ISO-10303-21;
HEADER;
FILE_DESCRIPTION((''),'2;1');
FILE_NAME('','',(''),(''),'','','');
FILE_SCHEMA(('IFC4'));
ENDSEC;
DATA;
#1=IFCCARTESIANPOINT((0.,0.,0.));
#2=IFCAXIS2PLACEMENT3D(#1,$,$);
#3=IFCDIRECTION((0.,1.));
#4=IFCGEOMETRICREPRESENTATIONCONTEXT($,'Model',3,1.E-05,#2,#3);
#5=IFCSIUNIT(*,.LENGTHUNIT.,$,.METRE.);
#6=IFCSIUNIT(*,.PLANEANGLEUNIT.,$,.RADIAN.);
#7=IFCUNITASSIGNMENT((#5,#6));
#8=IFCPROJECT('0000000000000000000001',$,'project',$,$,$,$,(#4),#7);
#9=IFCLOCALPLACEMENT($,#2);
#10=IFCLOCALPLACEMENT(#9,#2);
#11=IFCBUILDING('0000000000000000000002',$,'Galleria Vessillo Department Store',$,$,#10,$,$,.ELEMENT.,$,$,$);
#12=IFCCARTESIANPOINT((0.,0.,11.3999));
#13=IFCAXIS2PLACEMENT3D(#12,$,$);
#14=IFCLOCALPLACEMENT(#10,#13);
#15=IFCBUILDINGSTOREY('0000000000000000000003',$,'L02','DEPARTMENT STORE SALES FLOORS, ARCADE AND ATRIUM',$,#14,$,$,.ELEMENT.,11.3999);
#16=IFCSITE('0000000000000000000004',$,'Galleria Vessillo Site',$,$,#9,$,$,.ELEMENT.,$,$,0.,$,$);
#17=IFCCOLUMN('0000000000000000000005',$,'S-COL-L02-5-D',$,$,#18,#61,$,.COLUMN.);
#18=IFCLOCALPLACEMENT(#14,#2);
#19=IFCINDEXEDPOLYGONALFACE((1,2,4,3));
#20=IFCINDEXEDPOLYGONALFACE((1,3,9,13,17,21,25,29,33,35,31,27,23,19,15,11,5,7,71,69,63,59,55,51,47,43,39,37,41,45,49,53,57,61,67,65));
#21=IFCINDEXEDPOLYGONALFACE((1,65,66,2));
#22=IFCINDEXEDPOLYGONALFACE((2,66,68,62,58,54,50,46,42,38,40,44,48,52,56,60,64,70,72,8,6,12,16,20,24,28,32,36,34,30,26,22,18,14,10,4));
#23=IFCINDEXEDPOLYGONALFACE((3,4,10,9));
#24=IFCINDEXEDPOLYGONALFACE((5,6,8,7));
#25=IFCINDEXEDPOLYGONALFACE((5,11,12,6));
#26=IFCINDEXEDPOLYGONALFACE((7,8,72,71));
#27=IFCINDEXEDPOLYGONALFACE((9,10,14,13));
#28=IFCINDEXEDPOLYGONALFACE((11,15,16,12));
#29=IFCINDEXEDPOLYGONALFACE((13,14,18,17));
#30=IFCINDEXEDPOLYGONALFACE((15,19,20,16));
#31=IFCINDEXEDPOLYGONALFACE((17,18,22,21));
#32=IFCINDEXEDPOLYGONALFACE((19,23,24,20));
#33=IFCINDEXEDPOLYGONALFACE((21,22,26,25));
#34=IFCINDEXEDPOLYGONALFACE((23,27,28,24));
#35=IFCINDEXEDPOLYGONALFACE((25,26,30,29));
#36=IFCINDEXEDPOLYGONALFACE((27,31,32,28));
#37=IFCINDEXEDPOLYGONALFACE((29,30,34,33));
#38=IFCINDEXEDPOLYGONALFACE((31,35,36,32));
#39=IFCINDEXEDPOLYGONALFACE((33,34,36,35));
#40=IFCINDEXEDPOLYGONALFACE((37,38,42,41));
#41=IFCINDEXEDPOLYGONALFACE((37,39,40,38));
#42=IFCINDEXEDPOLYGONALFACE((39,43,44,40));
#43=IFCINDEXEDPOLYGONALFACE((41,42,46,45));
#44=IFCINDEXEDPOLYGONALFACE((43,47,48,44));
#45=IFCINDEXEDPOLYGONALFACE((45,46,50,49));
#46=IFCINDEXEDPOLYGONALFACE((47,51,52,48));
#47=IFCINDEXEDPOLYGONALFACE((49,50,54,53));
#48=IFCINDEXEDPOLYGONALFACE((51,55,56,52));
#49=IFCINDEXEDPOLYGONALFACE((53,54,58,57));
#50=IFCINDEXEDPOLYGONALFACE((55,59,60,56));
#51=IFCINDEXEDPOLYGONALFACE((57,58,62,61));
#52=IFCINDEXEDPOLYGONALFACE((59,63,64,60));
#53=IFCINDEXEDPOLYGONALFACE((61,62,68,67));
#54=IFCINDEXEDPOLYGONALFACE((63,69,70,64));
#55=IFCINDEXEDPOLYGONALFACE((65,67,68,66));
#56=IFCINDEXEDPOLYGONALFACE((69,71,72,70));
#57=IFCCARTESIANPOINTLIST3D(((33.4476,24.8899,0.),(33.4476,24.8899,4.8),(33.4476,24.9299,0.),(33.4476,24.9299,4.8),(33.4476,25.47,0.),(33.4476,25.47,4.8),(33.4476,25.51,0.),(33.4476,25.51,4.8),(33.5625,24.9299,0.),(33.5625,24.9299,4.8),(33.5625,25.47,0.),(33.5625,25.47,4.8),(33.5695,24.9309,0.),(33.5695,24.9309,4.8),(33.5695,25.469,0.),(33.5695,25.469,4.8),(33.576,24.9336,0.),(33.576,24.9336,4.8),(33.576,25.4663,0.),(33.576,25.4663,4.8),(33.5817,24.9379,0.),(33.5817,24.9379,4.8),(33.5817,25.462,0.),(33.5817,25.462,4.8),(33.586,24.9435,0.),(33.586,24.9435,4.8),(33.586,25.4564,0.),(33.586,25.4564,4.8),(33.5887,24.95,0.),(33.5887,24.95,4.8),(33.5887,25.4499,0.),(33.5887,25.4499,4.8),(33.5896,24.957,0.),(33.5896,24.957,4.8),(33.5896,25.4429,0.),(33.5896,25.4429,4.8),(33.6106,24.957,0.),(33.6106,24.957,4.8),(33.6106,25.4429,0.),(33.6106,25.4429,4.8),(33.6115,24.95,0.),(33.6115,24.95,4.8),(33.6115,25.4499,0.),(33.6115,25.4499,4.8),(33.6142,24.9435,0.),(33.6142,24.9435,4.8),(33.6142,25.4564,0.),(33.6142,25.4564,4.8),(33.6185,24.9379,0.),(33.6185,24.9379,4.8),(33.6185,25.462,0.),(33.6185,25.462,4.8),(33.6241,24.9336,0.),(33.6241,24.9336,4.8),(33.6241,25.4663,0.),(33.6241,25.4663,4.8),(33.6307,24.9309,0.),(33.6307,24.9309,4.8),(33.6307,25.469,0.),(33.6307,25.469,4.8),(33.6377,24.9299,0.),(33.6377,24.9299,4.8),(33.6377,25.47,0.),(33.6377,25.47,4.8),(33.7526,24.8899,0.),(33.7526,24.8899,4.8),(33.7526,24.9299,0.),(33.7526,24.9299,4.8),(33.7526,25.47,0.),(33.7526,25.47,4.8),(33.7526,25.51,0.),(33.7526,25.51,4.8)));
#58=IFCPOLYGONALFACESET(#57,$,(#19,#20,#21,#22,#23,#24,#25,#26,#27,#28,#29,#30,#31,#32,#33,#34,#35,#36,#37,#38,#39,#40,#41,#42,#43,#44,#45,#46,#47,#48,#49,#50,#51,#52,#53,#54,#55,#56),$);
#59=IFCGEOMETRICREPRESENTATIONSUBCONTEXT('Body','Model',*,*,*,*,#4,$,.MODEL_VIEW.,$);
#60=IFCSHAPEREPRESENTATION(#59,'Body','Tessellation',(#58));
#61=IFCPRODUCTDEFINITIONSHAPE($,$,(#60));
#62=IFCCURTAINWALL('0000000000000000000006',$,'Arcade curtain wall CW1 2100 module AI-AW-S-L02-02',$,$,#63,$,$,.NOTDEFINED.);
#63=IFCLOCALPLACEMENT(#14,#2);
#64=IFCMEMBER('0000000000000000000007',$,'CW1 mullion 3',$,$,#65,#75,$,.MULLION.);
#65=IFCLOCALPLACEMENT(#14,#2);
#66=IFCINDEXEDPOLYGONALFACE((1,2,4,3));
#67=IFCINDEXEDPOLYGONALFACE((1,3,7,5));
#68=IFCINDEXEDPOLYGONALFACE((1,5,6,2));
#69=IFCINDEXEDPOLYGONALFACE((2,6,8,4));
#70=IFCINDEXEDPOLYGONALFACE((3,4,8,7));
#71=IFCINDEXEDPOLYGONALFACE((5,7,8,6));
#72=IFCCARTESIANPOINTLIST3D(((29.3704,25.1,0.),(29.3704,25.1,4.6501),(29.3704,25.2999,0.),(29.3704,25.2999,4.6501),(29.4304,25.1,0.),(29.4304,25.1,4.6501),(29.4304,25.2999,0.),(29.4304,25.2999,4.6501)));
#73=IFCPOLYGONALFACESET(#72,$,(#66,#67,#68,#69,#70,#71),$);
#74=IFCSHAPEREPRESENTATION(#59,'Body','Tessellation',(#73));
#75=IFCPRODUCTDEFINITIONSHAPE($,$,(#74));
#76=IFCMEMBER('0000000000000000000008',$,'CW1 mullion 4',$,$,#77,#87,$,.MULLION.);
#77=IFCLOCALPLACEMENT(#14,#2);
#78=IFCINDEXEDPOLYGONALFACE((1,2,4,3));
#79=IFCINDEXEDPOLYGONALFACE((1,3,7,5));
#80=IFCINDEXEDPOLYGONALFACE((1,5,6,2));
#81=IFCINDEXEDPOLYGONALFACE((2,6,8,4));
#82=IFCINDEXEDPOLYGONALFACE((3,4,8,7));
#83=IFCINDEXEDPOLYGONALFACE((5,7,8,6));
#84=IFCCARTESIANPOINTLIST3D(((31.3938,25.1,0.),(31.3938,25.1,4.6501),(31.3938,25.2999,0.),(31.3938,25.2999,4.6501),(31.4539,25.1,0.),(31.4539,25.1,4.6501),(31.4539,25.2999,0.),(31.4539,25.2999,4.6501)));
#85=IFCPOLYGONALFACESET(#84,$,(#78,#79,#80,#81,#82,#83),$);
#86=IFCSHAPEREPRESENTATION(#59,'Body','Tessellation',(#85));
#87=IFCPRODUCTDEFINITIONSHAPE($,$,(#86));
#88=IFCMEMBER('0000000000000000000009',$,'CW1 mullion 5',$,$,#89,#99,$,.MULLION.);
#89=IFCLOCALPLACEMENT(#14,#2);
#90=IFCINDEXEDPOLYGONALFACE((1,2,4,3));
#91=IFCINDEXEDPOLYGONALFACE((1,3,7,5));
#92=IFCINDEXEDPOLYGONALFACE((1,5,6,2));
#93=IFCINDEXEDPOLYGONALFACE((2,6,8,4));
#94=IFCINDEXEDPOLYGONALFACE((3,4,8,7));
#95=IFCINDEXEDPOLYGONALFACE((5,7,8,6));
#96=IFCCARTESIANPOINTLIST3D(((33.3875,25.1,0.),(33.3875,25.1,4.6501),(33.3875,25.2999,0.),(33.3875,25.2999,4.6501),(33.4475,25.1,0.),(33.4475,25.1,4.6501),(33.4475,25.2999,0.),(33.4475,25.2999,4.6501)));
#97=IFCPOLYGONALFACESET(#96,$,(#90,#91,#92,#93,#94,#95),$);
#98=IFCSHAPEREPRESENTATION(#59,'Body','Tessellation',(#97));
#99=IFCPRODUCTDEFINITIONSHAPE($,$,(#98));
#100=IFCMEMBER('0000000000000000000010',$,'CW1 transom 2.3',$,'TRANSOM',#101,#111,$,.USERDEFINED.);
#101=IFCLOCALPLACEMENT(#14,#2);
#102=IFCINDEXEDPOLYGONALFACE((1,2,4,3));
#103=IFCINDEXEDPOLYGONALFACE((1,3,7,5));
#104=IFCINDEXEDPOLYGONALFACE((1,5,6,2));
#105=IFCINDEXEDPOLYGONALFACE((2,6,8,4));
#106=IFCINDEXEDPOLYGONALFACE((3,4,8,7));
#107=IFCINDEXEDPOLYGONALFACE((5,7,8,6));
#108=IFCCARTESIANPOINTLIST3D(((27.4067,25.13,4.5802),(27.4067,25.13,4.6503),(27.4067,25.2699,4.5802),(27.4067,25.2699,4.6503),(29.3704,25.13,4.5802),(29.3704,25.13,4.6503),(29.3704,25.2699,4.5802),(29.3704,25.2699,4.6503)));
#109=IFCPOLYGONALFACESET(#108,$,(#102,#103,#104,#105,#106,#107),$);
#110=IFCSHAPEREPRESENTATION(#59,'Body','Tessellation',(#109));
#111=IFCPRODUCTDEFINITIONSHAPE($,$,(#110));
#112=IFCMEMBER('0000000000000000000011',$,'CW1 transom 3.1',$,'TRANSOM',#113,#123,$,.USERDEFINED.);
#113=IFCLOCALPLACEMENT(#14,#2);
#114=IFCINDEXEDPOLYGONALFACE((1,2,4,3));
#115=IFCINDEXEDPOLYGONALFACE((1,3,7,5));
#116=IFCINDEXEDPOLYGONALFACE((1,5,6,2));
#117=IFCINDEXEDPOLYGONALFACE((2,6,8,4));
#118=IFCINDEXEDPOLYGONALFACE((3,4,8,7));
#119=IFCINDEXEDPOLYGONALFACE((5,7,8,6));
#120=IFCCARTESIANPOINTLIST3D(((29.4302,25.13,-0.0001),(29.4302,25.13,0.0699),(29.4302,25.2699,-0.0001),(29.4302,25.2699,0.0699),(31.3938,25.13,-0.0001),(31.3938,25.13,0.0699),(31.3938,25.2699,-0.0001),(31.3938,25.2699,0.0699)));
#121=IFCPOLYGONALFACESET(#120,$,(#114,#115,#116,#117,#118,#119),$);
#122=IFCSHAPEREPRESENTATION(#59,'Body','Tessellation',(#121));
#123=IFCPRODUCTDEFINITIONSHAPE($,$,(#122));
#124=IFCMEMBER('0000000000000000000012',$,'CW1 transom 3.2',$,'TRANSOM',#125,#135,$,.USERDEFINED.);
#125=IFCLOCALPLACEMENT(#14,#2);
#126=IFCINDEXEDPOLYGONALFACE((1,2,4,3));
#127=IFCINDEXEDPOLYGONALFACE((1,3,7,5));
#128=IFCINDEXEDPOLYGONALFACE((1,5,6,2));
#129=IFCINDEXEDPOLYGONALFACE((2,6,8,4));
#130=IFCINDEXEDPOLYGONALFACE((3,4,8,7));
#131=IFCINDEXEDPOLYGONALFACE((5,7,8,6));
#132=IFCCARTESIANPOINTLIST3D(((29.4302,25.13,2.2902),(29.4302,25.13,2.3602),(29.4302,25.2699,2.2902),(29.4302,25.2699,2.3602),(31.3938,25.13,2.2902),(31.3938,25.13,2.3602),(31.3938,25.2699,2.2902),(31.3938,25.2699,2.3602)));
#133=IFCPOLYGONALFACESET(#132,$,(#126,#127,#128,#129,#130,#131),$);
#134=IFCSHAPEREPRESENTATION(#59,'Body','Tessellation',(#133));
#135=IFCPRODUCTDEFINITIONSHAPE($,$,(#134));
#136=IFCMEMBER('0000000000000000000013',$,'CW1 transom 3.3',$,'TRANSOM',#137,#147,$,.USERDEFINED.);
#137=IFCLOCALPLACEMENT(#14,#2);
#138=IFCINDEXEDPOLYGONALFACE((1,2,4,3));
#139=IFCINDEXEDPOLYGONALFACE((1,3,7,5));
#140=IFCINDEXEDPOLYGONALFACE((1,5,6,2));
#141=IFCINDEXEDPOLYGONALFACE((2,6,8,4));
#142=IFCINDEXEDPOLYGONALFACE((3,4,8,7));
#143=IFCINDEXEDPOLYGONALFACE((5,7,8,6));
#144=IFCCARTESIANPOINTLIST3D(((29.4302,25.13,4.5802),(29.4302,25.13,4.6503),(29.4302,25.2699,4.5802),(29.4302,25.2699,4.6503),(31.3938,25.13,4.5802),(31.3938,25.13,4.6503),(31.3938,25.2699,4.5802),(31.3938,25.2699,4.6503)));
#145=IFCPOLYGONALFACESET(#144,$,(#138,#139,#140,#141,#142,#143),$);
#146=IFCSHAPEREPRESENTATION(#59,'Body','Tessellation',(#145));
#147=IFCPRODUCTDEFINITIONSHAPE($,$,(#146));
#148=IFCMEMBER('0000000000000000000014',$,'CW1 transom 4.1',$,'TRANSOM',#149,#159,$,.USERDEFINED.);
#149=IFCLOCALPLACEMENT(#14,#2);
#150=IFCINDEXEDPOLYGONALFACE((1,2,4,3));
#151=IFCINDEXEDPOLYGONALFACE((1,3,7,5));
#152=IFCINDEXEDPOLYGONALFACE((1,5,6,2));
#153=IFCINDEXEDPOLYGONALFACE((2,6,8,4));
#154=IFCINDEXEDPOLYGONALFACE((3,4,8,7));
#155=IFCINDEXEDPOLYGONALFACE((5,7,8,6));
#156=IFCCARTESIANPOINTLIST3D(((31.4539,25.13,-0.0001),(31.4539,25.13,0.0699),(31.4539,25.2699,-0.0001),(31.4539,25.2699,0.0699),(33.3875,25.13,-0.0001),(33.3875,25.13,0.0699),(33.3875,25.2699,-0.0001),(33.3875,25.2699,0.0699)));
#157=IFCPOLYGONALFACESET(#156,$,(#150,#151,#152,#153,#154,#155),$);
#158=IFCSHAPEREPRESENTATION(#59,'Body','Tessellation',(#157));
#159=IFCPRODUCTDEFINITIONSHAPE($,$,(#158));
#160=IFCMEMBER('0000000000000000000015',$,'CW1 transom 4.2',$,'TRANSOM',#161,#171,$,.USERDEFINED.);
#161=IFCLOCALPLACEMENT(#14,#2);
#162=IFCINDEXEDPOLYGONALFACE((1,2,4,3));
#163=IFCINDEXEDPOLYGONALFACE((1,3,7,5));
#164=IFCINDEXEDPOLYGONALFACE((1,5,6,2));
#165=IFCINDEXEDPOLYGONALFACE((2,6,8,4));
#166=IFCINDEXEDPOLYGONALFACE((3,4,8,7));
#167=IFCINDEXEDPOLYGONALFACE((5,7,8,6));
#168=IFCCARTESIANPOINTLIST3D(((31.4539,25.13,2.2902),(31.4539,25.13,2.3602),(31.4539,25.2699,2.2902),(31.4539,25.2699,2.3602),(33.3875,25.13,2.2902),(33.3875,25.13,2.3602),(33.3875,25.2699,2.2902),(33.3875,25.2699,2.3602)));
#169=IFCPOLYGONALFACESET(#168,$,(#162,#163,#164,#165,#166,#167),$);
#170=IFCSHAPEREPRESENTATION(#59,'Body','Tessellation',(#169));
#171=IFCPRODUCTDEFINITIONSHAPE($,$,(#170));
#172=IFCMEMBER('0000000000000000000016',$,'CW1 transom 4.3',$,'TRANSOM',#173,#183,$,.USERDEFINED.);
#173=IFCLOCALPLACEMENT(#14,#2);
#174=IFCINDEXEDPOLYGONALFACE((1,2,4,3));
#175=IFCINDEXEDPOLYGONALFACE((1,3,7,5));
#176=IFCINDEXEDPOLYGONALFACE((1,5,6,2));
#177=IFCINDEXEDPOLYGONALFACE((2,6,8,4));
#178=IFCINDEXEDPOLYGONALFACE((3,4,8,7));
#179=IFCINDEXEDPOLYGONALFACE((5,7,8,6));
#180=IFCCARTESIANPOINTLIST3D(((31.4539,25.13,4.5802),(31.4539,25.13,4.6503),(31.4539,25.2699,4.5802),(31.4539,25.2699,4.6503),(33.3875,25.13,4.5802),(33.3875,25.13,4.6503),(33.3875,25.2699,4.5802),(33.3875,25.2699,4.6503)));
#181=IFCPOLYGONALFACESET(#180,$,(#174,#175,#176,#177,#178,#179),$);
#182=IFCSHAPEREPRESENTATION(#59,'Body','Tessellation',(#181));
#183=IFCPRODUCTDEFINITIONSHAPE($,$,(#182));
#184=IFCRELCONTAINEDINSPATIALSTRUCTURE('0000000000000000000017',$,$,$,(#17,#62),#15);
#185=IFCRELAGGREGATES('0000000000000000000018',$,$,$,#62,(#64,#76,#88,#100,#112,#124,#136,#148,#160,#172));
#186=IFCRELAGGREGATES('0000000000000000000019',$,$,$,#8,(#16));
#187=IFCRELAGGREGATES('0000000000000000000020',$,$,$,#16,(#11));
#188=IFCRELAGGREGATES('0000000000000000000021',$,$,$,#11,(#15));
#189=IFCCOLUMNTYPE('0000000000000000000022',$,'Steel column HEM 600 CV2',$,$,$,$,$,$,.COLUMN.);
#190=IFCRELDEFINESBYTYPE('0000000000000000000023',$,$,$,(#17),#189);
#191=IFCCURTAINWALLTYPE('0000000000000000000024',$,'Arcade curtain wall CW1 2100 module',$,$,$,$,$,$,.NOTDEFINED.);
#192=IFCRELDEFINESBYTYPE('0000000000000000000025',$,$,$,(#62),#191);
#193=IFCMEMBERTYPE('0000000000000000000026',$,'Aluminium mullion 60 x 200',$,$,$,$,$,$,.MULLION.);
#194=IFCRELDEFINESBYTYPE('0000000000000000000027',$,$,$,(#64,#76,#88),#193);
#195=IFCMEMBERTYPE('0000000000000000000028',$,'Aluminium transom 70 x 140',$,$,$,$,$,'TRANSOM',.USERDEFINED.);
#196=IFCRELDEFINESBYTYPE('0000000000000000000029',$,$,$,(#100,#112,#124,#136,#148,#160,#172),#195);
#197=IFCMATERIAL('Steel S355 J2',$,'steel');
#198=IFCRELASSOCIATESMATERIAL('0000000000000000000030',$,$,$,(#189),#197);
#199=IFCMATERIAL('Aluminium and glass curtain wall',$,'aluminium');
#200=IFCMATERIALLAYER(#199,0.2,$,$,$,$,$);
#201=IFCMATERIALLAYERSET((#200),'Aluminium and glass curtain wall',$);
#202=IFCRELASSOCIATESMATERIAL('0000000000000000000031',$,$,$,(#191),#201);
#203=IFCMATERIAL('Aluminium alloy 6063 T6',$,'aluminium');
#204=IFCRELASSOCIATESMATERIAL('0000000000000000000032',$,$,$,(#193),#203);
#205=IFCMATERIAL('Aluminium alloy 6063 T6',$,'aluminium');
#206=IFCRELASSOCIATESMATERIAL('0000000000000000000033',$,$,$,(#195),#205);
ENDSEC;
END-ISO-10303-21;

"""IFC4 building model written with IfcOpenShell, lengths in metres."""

from ifc_helpers import new_model, si_unit, direction, frame, origin, origin_2d, place, context, subcontext, project, spatial, rectangle, i_section, extrude, material, layer, layer_set, material_profile, profile_set, type_object, element, aggregate, save


model = new_model("IFC4")

# Units and contexts
model_context = context("Model", 3, precision=1e-05, world=origin(), true_north=direction((0.0, 1.0)))
body_context = subcontext(model_context, "Body", "Model", "MODEL_VIEW")
ifc_project = project(units=[si_unit("LENGTHUNIT", "METRE"), si_unit("PLANEANGLEUNIT", "RADIAN")], contexts=[model_context])

# Site, building, storey
site_placement = place(None, origin())
site = spatial("IfcSite", under=ifc_project, at=site_placement, Name="Galleria Vessillo Site", CompositionType="ELEMENT", RefElevation=0.0)
building_placement = place(site_placement, origin())
building = spatial("IfcBuilding", under=site, at=building_placement, Name="Galleria Vessillo Department Store", CompositionType="ELEMENT")
storey_placement = place(building_placement, frame((0.0, 0.0, 11.3999)))
storey = spatial("IfcBuildingStorey", under=building, at=storey_placement, Name="L02", Description="DEPARTMENT STORE SALES FLOORS, ARCADE AND ATRIUM", CompositionType="ELEMENT", Elevation=11.3999)

# Column
ifc_material_1 = material(Name="Steel S355 J2", Category="steel")
ifc_material_profile_1 = material_profile(ifc_material_1, i_section(OverallWidth=0.3049, OverallDepth=0.6201, WebThickness=0.021, FlangeThickness=0.04, FilletRadius=0.0271, at=origin_2d()), Name="HEM 600")
ifc_profile_set_1 = profile_set([ifc_material_profile_1], Name="Steel S355 J2")
column_type = type_object("IfcColumnType", Name="Steel column HEM 600 CV2", PredefinedType="COLUMN", material=ifc_profile_set_1)
column_placement = place(storey_placement, frame((33.6001, 25.2, 0.0), z_axis=(0.0, 0.0, 1.0), x_axis=(1.0, 0.0, 0.0)))
element("IfcColumn", 1, at=column_placement, inside=storey, type_object=column_type, Name="S-COL-L02-5-D", PredefinedType="COLUMN", context=body_context, shape_type="SweptSolid", body=[
    extrude(i_section(OverallWidth=0.3049, OverallDepth=0.6201, WebThickness=0.021, FlangeThickness=0.04, FilletRadius=0.0271, at=origin_2d()), origin(), (0.0, 0.0, 1.0), 4.8),
])

# Curtain wall, members
ifc_material_2 = material(Name="Aluminium and glass curtain wall", Category="aluminium")
ifc_layer_1 = layer(ifc_material_2, 0.2)
ifc_layer_set_1 = layer_set([ifc_layer_1], Name="Aluminium and glass curtain wall")
curtain_wall_type = type_object("IfcCurtainWallType", Name="Arcade curtain wall CW1 2100 module", PredefinedType="NOTDEFINED", material=ifc_layer_set_1)
curtain_wall_placement = place(storey_placement, origin())
curtain_wall = element("IfcCurtainWall", 2, at=curtain_wall_placement, inside=storey, type_object=curtain_wall_type, Name="Arcade curtain wall CW1 2100 module AI-AW-S-L02-02", PredefinedType="NOTDEFINED")
ifc_material_3 = material(Name="Aluminium alloy 6063 T6", Category="aluminium")
ifc_material_profile_2 = material_profile(ifc_material_3, rectangle(XDim=0.2, YDim=0.0601, at=origin_2d()), Name="AL 60x200")
ifc_profile_set_2 = profile_set([ifc_material_profile_2], Name="Aluminium alloy 6063 T6")
member_type_1 = type_object("IfcMemberType", Name="Aluminium mullion 60 x 200", PredefinedType="MULLION", material=ifc_profile_set_2)
member_1_placement = place(storey_placement, frame((29.4004, 25.2, 0.0), z_axis=(0.0, 0.0, 1.0), x_axis=(0.0, 1.0, 0.0)))
member_1 = element("IfcMember", 3, at=member_1_placement, type_object=member_type_1, Name="CW1 mullion 3", PredefinedType="MULLION", context=body_context, shape_type="SweptSolid", body=[
    extrude(rectangle(XDim=0.2, YDim=0.0601, at=origin_2d()), origin(), (0.0, 0.0, 1.0), 4.6501),
])
member_2_placement = place(storey_placement, frame((31.4238, 25.2, 0.0), z_axis=(0.0, 0.0, 1.0), x_axis=(0.0, 1.0, 0.0)))
member_2 = element("IfcMember", 4, at=member_2_placement, type_object=member_type_1, Name="CW1 mullion 4", PredefinedType="MULLION", context=body_context, shape_type="SweptSolid", body=[
    extrude(rectangle(XDim=0.2, YDim=0.0601, at=origin_2d()), origin(), (0.0, 0.0, 1.0), 4.6501),
])
member_3_placement = place(storey_placement, frame((33.4175, 25.2, 0.0), z_axis=(0.0, 0.0, 1.0), x_axis=(0.0, 1.0, 0.0)))
member_3 = element("IfcMember", 5, at=member_3_placement, type_object=member_type_1, Name="CW1 mullion 5", PredefinedType="MULLION", context=body_context, shape_type="SweptSolid", body=[
    extrude(rectangle(XDim=0.2, YDim=0.0601, at=origin_2d()), origin(), (0.0, 0.0, 1.0), 4.6501),
])
ifc_material_4 = material(Name="Aluminium alloy 6063 T6", Category="aluminium")
ifc_material_profile_3 = material_profile(ifc_material_4, rectangle(XDim=0.1399, YDim=0.0701, at=origin_2d()), Name="AL 70x140")
ifc_profile_set_3 = profile_set([ifc_material_profile_3], Name="Aluminium alloy 6063 T6")
member_type_2 = type_object("IfcMemberType", Name="Aluminium transom 70 x 140", ElementType="TRANSOM", PredefinedType="USERDEFINED", material=ifc_profile_set_3)
member_4_placement = place(storey_placement, frame((27.4067, 25.2, 4.6152), z_axis=(1.0, 0.0, 0.0), x_axis=(0.0, 1.0, 0.0)))
member_4 = element("IfcMember", 6, at=member_4_placement, type_object=member_type_2, Name="CW1 transom 2.3", ObjectType="TRANSOM", PredefinedType="USERDEFINED", context=body_context, shape_type="SweptSolid", body=[
    extrude(rectangle(XDim=0.1399, YDim=0.0701, at=origin_2d()), origin(), (0.0, 0.0, 1.0), 1.9636),
])
member_5_placement = place(storey_placement, frame((29.4302, 25.2, 0.0349), z_axis=(1.0, 0.0, 0.0), x_axis=(0.0, 1.0, 0.0)))
member_5 = element("IfcMember", 7, at=member_5_placement, type_object=member_type_2, Name="CW1 transom 3.1", ObjectType="TRANSOM", PredefinedType="USERDEFINED", context=body_context, shape_type="SweptSolid", body=[
    extrude(rectangle(XDim=0.1399, YDim=0.0701, at=origin_2d()), origin(), (0.0, 0.0, 1.0), 1.9636),
])
member_6_placement = place(storey_placement, frame((29.4302, 25.2, 2.3252), z_axis=(1.0, 0.0, 0.0), x_axis=(0.0, 1.0, 0.0)))
member_6 = element("IfcMember", 8, at=member_6_placement, type_object=member_type_2, Name="CW1 transom 3.2", ObjectType="TRANSOM", PredefinedType="USERDEFINED", context=body_context, shape_type="SweptSolid", body=[
    extrude(rectangle(XDim=0.1399, YDim=0.0701, at=origin_2d()), origin(), (0.0, 0.0, 1.0), 1.9636),
])
member_7_placement = place(storey_placement, frame((29.4302, 25.2, 4.6152), z_axis=(1.0, 0.0, 0.0), x_axis=(0.0, 1.0, 0.0)))
member_7 = element("IfcMember", 9, at=member_7_placement, type_object=member_type_2, Name="CW1 transom 3.3", ObjectType="TRANSOM", PredefinedType="USERDEFINED", context=body_context, shape_type="SweptSolid", body=[
    extrude(rectangle(XDim=0.1399, YDim=0.0701, at=origin_2d()), origin(), (0.0, 0.0, 1.0), 1.9636),
])
member_8_placement = place(storey_placement, frame((31.4539, 25.2, 0.0349), z_axis=(1.0, 0.0, 0.0), x_axis=(0.0, 1.0, 0.0)))
member_8 = element("IfcMember", 10, at=member_8_placement, type_object=member_type_2, Name="CW1 transom 4.1", ObjectType="TRANSOM", PredefinedType="USERDEFINED", context=body_context, shape_type="SweptSolid", body=[
    extrude(rectangle(XDim=0.1399, YDim=0.0701, at=origin_2d()), origin(), (0.0, 0.0, 1.0), 1.9336),
])
member_9_placement = place(storey_placement, frame((31.4539, 25.2, 2.3252), z_axis=(1.0, 0.0, 0.0), x_axis=(0.0, 1.0, 0.0)))
member_9 = element("IfcMember", 11, at=member_9_placement, type_object=member_type_2, Name="CW1 transom 4.2", ObjectType="TRANSOM", PredefinedType="USERDEFINED", context=body_context, shape_type="SweptSolid", body=[
    extrude(rectangle(XDim=0.1399, YDim=0.0701, at=origin_2d()), origin(), (0.0, 0.0, 1.0), 1.9336),
])
member_10_placement = place(storey_placement, frame((31.4539, 25.2, 4.6152), z_axis=(1.0, 0.0, 0.0), x_axis=(0.0, 1.0, 0.0)))
member_10 = element("IfcMember", 12, at=member_10_placement, type_object=member_type_2, Name="CW1 transom 4.3", ObjectType="TRANSOM", PredefinedType="USERDEFINED", context=body_context, shape_type="SweptSolid", body=[
    extrude(rectangle(XDim=0.1399, YDim=0.0701, at=origin_2d()), origin(), (0.0, 0.0, 1.0), 1.9336),
])

aggregate(curtain_wall, [member_1, member_2, member_3, member_4, member_5, member_6, member_7, member_8, member_9, member_10])

save(model, "model.ifc")
